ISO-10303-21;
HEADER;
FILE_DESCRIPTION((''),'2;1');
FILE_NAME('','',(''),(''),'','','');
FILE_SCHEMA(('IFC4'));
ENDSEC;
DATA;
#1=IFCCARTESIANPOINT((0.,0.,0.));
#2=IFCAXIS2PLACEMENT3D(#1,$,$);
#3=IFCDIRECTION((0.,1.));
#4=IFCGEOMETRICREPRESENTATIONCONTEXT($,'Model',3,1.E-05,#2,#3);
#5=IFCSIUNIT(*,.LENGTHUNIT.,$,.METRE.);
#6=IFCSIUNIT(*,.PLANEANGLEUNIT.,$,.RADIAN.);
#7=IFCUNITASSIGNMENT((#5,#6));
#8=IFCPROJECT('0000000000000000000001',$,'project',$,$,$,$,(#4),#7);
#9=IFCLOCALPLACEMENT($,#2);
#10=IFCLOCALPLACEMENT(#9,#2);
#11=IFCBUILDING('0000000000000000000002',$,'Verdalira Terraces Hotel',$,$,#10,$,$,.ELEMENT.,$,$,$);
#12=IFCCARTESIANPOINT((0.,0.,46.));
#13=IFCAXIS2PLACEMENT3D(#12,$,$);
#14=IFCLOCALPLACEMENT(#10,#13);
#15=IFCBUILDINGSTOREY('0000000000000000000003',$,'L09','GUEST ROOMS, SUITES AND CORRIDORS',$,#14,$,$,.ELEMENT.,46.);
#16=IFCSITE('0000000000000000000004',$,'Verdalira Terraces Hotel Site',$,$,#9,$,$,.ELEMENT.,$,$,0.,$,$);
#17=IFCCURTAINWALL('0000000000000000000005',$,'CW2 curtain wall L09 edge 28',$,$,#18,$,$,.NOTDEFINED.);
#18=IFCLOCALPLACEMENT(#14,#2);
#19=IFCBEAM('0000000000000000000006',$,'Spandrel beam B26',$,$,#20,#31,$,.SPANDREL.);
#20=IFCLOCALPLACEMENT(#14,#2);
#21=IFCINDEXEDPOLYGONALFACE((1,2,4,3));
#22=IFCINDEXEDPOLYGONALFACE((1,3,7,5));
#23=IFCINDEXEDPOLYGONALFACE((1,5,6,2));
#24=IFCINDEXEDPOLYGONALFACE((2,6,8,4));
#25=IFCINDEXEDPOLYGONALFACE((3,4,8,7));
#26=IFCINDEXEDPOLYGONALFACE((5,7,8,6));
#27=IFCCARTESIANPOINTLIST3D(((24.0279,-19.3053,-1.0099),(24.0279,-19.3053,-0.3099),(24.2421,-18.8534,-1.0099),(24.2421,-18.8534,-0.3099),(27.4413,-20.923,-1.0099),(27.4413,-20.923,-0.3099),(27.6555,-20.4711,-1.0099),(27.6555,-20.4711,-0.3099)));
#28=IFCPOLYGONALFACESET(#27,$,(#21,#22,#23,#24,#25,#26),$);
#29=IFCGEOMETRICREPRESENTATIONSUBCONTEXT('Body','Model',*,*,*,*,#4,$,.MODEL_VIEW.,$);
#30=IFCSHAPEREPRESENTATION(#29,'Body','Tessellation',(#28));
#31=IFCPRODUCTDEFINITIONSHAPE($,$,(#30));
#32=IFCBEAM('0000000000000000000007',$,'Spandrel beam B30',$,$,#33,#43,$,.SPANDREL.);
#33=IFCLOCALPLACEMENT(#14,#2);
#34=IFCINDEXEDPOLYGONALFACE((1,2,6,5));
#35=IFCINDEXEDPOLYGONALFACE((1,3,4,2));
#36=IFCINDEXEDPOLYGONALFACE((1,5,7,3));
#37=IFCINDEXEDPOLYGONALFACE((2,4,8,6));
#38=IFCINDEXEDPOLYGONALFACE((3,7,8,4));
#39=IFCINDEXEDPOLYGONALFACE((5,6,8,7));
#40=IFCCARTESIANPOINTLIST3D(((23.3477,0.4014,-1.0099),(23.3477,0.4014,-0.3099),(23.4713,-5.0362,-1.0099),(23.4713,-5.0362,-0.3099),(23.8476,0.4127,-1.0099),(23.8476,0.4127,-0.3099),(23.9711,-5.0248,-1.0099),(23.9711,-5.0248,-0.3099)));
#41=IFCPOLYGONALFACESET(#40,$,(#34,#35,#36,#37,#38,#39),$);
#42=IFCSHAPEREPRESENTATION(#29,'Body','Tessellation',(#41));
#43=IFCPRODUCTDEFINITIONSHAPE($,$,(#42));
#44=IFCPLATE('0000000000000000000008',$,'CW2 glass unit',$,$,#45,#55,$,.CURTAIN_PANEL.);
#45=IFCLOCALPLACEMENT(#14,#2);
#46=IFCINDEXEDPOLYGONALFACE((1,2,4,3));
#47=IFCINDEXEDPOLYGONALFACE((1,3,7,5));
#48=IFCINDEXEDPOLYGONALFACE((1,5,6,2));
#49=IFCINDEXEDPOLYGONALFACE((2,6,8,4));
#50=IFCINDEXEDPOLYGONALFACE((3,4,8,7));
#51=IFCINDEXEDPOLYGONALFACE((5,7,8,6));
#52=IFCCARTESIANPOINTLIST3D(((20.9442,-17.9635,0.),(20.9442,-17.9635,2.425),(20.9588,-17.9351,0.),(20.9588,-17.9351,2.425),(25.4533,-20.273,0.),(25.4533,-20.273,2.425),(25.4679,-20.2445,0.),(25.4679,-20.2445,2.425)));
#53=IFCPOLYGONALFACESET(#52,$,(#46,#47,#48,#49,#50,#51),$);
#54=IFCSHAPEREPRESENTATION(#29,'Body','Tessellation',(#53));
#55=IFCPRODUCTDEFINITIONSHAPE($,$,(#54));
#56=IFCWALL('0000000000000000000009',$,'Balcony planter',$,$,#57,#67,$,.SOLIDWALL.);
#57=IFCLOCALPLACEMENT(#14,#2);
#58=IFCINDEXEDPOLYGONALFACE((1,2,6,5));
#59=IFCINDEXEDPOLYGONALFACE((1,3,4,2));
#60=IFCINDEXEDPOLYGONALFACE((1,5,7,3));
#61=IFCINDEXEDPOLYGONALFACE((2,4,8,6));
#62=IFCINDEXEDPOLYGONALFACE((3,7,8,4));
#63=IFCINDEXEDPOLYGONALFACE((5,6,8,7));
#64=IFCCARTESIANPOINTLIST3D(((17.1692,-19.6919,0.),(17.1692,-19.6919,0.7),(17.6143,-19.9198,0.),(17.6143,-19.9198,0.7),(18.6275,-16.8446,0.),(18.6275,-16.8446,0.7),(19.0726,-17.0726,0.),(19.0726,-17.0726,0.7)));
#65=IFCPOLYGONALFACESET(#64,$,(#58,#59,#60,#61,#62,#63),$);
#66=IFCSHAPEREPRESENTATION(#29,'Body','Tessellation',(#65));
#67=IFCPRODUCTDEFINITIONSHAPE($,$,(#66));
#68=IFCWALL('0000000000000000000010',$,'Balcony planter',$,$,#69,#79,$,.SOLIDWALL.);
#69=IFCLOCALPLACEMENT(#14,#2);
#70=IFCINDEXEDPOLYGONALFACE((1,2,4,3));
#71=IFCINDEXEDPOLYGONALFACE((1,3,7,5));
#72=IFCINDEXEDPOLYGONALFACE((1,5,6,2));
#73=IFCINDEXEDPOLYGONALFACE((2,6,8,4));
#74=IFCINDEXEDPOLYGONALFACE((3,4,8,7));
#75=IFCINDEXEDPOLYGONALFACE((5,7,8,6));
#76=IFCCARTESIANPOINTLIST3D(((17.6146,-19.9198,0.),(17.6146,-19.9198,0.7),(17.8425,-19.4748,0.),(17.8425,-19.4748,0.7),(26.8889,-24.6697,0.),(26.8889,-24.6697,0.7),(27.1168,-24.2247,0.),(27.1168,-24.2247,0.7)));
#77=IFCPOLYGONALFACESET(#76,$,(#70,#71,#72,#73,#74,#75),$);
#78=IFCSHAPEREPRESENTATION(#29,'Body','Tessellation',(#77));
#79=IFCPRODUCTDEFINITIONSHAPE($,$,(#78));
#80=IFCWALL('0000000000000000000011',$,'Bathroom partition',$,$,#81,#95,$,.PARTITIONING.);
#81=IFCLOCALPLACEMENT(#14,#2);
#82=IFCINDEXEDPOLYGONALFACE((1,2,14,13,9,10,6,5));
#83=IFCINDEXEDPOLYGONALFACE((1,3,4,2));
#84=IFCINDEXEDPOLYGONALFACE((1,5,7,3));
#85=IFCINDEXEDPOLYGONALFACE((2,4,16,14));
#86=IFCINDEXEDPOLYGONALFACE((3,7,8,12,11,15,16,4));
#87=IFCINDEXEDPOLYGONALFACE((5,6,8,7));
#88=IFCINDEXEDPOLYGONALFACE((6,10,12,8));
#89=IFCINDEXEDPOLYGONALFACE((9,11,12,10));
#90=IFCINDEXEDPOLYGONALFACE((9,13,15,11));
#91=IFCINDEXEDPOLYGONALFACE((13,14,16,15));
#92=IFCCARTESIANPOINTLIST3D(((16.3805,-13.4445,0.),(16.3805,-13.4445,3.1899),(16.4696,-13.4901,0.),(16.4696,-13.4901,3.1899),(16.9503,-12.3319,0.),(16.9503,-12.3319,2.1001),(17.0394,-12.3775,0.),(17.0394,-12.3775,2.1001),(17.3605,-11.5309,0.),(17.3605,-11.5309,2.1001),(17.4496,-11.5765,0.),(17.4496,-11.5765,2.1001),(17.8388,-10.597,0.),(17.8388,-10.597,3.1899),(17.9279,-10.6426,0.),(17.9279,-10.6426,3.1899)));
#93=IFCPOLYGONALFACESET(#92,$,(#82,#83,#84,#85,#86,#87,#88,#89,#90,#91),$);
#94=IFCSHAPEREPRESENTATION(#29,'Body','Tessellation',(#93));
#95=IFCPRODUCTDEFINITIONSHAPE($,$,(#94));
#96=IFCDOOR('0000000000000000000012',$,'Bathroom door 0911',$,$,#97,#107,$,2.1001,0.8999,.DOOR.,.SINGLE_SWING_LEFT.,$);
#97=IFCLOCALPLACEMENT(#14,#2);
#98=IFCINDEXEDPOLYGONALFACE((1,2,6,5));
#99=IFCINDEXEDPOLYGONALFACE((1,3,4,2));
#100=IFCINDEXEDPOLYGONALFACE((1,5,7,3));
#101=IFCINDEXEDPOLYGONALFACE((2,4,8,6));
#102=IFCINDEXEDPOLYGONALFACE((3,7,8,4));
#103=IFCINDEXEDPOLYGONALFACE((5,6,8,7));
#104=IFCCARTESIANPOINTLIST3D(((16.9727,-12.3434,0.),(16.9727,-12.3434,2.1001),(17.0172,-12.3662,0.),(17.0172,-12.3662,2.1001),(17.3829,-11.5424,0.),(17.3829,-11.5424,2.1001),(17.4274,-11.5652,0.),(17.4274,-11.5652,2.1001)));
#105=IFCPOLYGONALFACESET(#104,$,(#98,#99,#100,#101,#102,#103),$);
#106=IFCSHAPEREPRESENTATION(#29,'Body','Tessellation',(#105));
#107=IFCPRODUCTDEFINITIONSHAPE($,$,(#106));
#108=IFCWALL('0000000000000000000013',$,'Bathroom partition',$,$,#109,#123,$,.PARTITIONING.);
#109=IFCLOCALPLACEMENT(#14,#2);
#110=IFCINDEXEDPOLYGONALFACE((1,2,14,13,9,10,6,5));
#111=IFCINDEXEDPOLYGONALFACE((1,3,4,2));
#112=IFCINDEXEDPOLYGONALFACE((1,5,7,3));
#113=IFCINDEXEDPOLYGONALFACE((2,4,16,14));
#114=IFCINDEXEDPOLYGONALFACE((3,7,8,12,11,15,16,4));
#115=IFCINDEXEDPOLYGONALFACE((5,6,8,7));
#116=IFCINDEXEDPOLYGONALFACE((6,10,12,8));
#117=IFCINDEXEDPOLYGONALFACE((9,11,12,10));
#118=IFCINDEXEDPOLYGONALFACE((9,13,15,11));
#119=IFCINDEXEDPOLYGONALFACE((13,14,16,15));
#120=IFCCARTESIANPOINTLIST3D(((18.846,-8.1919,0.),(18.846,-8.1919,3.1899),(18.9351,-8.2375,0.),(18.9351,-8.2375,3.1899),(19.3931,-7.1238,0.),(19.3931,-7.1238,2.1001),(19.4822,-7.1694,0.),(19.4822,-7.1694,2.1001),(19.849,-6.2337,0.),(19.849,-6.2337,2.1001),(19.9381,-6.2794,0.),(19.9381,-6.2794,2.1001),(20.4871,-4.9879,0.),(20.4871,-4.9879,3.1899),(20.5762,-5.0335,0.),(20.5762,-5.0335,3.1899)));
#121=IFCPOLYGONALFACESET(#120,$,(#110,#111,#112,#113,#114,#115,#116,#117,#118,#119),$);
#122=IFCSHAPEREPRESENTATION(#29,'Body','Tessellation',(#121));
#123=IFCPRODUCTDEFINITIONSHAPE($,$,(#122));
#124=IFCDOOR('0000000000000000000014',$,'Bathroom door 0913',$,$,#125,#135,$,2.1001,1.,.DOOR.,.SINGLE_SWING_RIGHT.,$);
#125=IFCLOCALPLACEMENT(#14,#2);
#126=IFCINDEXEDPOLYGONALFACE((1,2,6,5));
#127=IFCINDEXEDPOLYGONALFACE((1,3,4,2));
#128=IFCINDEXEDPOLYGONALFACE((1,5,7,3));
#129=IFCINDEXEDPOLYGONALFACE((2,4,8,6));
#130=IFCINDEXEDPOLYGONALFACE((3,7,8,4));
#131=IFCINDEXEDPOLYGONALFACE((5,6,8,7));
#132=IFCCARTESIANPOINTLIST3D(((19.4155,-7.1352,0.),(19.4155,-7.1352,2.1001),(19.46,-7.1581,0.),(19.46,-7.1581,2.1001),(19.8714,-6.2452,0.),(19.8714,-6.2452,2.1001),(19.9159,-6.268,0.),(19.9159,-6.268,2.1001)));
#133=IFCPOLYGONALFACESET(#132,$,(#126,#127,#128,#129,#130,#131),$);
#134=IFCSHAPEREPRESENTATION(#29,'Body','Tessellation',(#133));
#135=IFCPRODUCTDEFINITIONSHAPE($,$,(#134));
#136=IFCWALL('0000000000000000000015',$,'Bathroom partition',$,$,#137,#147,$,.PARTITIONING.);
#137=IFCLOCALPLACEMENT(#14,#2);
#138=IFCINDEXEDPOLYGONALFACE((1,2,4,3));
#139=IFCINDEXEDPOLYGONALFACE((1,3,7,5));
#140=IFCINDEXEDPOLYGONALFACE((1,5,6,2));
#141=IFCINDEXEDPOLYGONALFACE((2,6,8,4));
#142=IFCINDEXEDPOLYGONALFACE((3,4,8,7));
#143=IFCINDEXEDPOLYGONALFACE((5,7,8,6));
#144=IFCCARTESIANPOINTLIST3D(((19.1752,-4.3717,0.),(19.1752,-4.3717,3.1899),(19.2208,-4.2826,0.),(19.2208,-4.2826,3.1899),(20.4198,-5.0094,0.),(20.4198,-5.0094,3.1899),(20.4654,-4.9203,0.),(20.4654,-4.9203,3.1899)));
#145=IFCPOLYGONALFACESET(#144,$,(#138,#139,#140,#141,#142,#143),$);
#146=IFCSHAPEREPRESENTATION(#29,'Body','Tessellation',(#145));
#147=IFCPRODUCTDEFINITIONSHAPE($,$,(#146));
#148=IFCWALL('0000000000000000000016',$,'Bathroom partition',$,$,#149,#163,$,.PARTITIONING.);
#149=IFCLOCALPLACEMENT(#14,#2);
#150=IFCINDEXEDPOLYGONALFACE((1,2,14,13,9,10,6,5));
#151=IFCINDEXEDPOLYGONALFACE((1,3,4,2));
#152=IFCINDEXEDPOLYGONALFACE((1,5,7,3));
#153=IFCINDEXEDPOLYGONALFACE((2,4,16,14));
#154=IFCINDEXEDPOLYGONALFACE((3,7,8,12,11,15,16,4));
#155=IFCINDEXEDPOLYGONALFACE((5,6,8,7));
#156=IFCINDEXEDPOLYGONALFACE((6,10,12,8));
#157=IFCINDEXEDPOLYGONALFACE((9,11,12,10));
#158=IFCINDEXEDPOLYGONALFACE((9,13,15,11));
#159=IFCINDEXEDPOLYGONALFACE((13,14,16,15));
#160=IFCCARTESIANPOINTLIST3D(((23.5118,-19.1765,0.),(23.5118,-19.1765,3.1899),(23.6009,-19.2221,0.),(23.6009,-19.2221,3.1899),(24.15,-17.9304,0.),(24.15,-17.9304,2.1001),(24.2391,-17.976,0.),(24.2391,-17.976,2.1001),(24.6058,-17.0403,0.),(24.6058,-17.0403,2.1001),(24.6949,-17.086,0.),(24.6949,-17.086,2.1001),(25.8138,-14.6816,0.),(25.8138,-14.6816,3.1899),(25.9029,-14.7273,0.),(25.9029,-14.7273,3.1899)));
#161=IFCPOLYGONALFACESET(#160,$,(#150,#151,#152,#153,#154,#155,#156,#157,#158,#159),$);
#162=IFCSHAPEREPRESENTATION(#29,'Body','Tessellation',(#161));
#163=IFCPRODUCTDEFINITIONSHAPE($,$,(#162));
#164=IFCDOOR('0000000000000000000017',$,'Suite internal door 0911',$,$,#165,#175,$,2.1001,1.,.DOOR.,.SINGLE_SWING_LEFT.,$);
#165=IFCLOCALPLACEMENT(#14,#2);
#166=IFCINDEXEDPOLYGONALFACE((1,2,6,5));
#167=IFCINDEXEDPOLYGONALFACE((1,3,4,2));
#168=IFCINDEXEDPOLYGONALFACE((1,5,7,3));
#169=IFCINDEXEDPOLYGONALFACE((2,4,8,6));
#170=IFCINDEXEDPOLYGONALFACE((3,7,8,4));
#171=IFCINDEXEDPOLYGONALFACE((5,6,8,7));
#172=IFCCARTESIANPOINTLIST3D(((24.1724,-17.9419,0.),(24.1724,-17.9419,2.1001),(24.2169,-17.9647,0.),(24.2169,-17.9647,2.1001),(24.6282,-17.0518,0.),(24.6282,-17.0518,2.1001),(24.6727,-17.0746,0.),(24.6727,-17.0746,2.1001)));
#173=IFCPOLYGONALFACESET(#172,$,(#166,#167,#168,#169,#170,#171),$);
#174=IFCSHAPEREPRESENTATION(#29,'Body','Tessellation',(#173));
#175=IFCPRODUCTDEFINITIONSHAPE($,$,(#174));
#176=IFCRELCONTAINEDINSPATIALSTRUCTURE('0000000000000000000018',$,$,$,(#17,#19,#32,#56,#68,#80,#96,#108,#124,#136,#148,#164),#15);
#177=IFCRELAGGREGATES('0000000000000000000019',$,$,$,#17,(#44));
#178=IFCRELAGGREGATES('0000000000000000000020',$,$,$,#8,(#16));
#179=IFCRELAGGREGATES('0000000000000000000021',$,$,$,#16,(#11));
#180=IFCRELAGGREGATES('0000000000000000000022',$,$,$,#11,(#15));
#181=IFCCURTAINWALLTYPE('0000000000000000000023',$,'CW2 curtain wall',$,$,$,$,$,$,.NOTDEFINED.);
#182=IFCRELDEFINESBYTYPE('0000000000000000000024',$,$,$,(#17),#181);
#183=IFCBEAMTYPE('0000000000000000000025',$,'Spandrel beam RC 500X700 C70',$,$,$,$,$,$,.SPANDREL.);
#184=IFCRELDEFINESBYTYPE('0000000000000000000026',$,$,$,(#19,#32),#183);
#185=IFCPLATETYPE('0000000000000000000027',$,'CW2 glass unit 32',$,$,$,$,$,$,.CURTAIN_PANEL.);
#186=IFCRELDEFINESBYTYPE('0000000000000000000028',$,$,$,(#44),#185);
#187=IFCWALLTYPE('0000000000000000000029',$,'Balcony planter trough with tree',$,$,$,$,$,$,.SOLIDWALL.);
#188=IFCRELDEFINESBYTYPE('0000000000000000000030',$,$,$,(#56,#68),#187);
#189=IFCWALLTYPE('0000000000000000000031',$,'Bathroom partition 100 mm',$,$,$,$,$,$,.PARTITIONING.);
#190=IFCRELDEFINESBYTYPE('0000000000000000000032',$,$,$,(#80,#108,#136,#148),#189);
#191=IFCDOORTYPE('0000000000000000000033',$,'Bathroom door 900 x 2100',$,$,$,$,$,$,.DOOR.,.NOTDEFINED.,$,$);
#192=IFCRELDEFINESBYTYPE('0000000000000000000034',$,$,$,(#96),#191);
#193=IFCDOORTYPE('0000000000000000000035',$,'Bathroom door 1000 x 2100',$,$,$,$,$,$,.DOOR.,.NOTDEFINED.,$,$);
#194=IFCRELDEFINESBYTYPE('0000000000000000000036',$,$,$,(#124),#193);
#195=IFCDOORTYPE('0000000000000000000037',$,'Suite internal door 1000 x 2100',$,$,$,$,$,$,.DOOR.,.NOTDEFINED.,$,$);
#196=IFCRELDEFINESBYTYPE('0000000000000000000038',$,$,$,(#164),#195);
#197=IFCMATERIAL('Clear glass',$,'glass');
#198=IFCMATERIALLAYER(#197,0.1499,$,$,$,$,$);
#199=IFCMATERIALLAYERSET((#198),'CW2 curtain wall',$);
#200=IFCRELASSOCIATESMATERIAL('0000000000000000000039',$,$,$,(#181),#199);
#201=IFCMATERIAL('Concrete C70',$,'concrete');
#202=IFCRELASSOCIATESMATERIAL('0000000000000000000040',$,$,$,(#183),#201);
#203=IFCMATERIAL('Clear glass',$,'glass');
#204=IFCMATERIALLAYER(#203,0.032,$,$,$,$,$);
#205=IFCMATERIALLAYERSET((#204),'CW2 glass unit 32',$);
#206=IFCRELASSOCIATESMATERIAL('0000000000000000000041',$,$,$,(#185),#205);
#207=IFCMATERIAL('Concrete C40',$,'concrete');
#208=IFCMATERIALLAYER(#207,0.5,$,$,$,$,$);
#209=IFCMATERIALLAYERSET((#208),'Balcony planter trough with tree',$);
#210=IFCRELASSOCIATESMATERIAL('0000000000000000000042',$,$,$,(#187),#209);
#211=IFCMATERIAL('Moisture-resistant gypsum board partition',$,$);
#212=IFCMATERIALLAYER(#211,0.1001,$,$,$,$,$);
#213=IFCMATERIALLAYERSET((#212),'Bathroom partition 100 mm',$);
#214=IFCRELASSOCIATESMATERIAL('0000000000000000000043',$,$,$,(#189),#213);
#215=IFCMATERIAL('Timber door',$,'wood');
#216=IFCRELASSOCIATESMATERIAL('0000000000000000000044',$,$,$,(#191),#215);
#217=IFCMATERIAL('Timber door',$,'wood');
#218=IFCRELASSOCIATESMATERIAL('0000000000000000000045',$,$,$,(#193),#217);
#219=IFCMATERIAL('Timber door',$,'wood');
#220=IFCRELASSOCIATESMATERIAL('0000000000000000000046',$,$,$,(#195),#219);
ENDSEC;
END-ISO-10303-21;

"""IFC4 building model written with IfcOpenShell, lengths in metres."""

from ifc_helpers import new_model, si_unit, direction, frame, frame_2d, origin, origin_2d, place, context, subcontext, project, spatial, rectangle, extrude, material, layer, layer_set, material_profile, profile_set, type_object, element, fill, aggregate, save


model = new_model("IFC4")

# Units and contexts
model_context = context("Model", 3, precision=1e-05, world=origin(), true_north=direction((0.0, 1.0)))
body_context = subcontext(model_context, "Body", "Model", "MODEL_VIEW")
ifc_project = project(units=[si_unit("LENGTHUNIT", "METRE"), si_unit("PLANEANGLEUNIT", "RADIAN")], contexts=[model_context])

# Site, building, storey
site_placement = place(None, origin())
site = spatial("IfcSite", under=ifc_project, at=site_placement, Name="Verdalira Terraces Hotel Site", CompositionType="ELEMENT", RefElevation=0.0)
building_placement = place(site_placement, origin())
building = spatial("IfcBuilding", under=site, at=building_placement, Name="Verdalira Terraces Hotel", CompositionType="ELEMENT")
storey_placement = place(building_placement, frame((0.0, 0.0, 46.0)))
storey = spatial("IfcBuildingStorey", under=building, at=storey_placement, Name="L09", Description="GUEST ROOMS, SUITES AND CORRIDORS", CompositionType="ELEMENT", Elevation=46.0)

# Curtain wall
ifc_material_1 = material(Name="Clear glass", Category="glass")
ifc_layer_1 = layer(ifc_material_1, 0.1499)
ifc_layer_set_1 = layer_set([ifc_layer_1], Name="CW2 curtain wall")
curtain_wall_type = type_object("IfcCurtainWallType", Name="CW2 curtain wall", PredefinedType="NOTDEFINED", material=ifc_layer_set_1)
curtain_wall_placement = place(storey_placement, origin())
curtain_wall = element("IfcCurtainWall", 1, at=curtain_wall_placement, inside=storey, type_object=curtain_wall_type, Name="CW2 curtain wall L09 edge 28", PredefinedType="NOTDEFINED")

# Beams
ifc_material_2 = material(Name="Concrete C70", Category="concrete")
ifc_material_profile_1 = material_profile(ifc_material_2, rectangle(XDim=0.5, YDim=0.7, at=origin_2d()), Name="RC 500X700")
ifc_profile_set_1 = profile_set([ifc_material_profile_1], Name="Concrete C70")
beam_type_1 = type_object("IfcBeamType", Name="Spandrel beam RC 500X700 C70", PredefinedType="SPANDREL", material=ifc_profile_set_1)
beam_1_placement = place(storey_placement, frame((24.135, -19.0793, -0.6599), z_axis=(0.903652, -0.428267, 0.0), x_axis=(0.428267, 0.903652, 0.0)))
element("IfcBeam", 2, at=beam_1_placement, inside=storey, type_object=beam_type_1, Name="Spandrel beam B26", PredefinedType="SPANDREL", context=body_context, shape_type="SweptSolid", body=[
    extrude(rectangle(XDim=0.5, YDim=0.7, at=origin_2d()), origin(), (0.0, 0.0, 1.0), 3.7773),
])
beam_2_placement = place(storey_placement, frame((23.7212, -5.0305, -0.6599), z_axis=(-0.022713, 0.999742, 0.0), x_axis=(-0.999742, -0.022713, 0.0)))
element("IfcBeam", 3, at=beam_2_placement, inside=storey, type_object=beam_type_1, Name="Spandrel beam B30", PredefinedType="SPANDREL", context=body_context, shape_type="SweptSolid", body=[
    extrude(rectangle(XDim=0.5, YDim=0.7, at=origin_2d()), origin(), (0.0, 0.0, 1.0), 5.439),
])

# Plate
ifc_material_3 = material(Name="Clear glass", Category="glass")
ifc_layer_2 = layer(ifc_material_3, 0.032)
ifc_layer_set_2 = layer_set([ifc_layer_2], Name="CW2 glass unit 32")
plate_type = type_object("IfcPlateType", Name="CW2 glass unit 32", PredefinedType="CURTAIN_PANEL", material=ifc_layer_set_2)
plate_placement = place(storey_placement, frame((23.2061, -19.104, 0.0), z_axis=(0.0, 0.0, 1.0), x_axis=(0.890054, -0.455856, 0.0)))
plate = element("IfcPlate", 4, at=plate_placement, type_object=plate_type, Name="CW2 glass unit", PredefinedType="CURTAIN_PANEL", context=body_context, shape_type="SweptSolid", body=[
    extrude(rectangle(XDim=5.0662, YDim=0.032, at=origin_2d()), origin(), (0.0, 0.0, 1.0), 2.425),
])
aggregate(curtain_wall, [plate])

# Walls
ifc_material_4 = material(Name="Concrete C40", Category="concrete")
ifc_layer_3 = layer(ifc_material_4, 0.5)
ifc_layer_set_3 = layer_set([ifc_layer_3], Name="Balcony planter trough with tree")
wall_type_1 = type_object("IfcWallType", Name="Balcony planter trough with tree", PredefinedType="SOLIDWALL", material=ifc_layer_set_3)
wall_1_placement = place(storey_placement, frame((18.8501, -16.9585, 0.0), z_axis=(0.0, 0.0, 1.0), x_axis=(-0.455863, -0.89005, 0.0)))
element("IfcWall", 5, at=wall_1_placement, inside=storey, type_object=wall_type_1, Name="Balcony planter", PredefinedType="SOLIDWALL", context=body_context, shape_type="SweptSolid", body=[
    extrude(rectangle(XDim=3.199, YDim=0.5, at=frame_2d((1.5996, 0.0))), origin(), (0.0, 0.0, 1.0), 0.7),
])
wall_2_placement = place(storey_placement, frame((17.7285, -19.6973, 0.0), z_axis=(0.0, 0.0, 1.0), x_axis=(0.890055, -0.455852, 0.0)))
element("IfcWall", 6, at=wall_2_placement, inside=storey, type_object=wall_type_1, Name="Balcony planter", PredefinedType="SOLIDWALL", context=body_context, shape_type="SweptSolid", body=[
    extrude(rectangle(XDim=10.4199, YDim=0.5, at=frame_2d((5.21, 0.0))), origin(), (0.0, 0.0, 1.0), 0.7),
])

# Walls, openings, doors
ifc_material_5 = material(Name="Moisture-resistant gypsum board partition")
ifc_layer_4 = layer(ifc_material_5, 0.1001)
ifc_layer_set_4 = layer_set([ifc_layer_4], Name="Bathroom partition 100 mm")
wall_type_2 = type_object("IfcWallType", Name="Bathroom partition 100 mm", PredefinedType="PARTITIONING", material=ifc_layer_set_4)
wall_3_placement = place(storey_placement, frame((16.425, -13.4673, 0.0), z_axis=(0.0, 0.0, 1.0), x_axis=(0.455832, 0.890066, 0.0)))
wall_3 = element("IfcWall", 7, at=wall_3_placement, inside=storey, type_object=wall_type_2, Name="Bathroom partition", PredefinedType="PARTITIONING", context=body_context, shape_type="SweptSolid", body=[
    extrude(rectangle(XDim=3.1992, YDim=0.1001, at=frame_2d((1.5996, 0.0))), origin(), (0.0, 0.0, 1.0), 3.1899),
])
opening_1_placement = place(wall_3_placement, frame((1.25, 0.0, 0.0)))
opening_1 = element("IfcOpeningElement", 8, at=opening_1_placement, cuts=wall_3, PredefinedType="OPENING", context=body_context, shape_type="SweptSolid", body=[
    extrude(rectangle(XDim=0.8999, YDim=2.1001, at=frame_2d((0.45, 1.05))), frame((0.0, 0.0601, 0.0), z_axis=(0.0, -1.0, 0.0), x_axis=(1.0, 0.0, 0.0)), (0.0, 0.0, 1.0), 0.1201),
])
ifc_material_6 = material(Name="Timber door", Category="wood")
door_type_1 = type_object("IfcDoorType", Name="Bathroom door 900 x 2100", OperationType="NOTDEFINED", PredefinedType="DOOR", material=ifc_material_6)
door_1_placement = place(opening_1_placement, origin())
door_1 = element("IfcDoor", 9, at=door_1_placement, inside=storey, type_object=door_type_1, Name="Bathroom door 0911", OperationType="SINGLE_SWING_LEFT", OverallHeight=2.1001, OverallWidth=0.8999, PredefinedType="DOOR", context=body_context, shape_type="SweptSolid", body=[
    extrude(rectangle(XDim=0.8999, YDim=2.1001, at=frame_2d((0.45, 1.05))), frame((0.0, 0.0249, 0.0), z_axis=(0.0, -1.0, 0.0), x_axis=(1.0, 0.0, 0.0)), (0.0, 0.0, 1.0), 0.05),
])
fill(opening_1, door_1)
wall_4_placement = place(storey_placement, frame((18.8906, -8.2146, 0.0), z_axis=(0.0, 0.0, 1.0), x_axis=(0.455873, 0.890045, 0.0)))
wall_4 = element("IfcWall", 10, at=wall_4_placement, inside=storey, type_object=wall_type_2, Name="Bathroom partition", PredefinedType="PARTITIONING", context=body_context, shape_type="SweptSolid", body=[
    extrude(rectangle(XDim=3.5999, YDim=0.1001, at=frame_2d((1.7998, 0.0))), origin(), (0.0, 0.0, 1.0), 3.1899),
])
opening_2_placement = place(wall_4_placement, frame((1.2, 0.0, 0.0)))
opening_2 = element("IfcOpeningElement", 11, at=opening_2_placement, cuts=wall_4, PredefinedType="OPENING", context=body_context, shape_type="SweptSolid", body=[
    extrude(rectangle(XDim=1.0, YDim=2.1001, at=frame_2d((0.5, 1.05))), frame((0.0, 0.0601, 0.0), z_axis=(0.0, -1.0, 0.0), x_axis=(1.0, 0.0, 0.0)), (0.0, 0.0, 1.0), 0.1201),
])
ifc_material_7 = material(Name="Timber door", Category="wood")
door_type_2 = type_object("IfcDoorType", Name="Bathroom door 1000 x 2100", OperationType="NOTDEFINED", PredefinedType="DOOR", material=ifc_material_7)
door_2_placement = place(opening_2_placement, origin())
door_2 = element("IfcDoor", 12, at=door_2_placement, inside=storey, type_object=door_type_2, Name="Bathroom door 0913", OperationType="SINGLE_SWING_RIGHT", OverallHeight=2.1001, OverallWidth=1.0, PredefinedType="DOOR", context=body_context, shape_type="SweptSolid", body=[
    extrude(rectangle(XDim=1.0, YDim=2.1001, at=frame_2d((0.5, 1.05))), frame((0.0, 0.0249, 0.0), z_axis=(0.0, -1.0, 0.0), x_axis=(1.0, 0.0, 0.0)), (0.0, 0.0, 1.0), 0.05),
])
fill(opening_2, door_2)

# Wall
wall_5_placement = place(storey_placement, frame((19.198, -4.3271, 0.0), z_axis=(0.0, 0.0, 1.0), x_axis=(0.889985, -0.455991, 0.0)))
element("IfcWall", 13, at=wall_5_placement, inside=storey, type_object=wall_type_2, Name="Bathroom partition", PredefinedType="PARTITIONING", context=body_context, shape_type="SweptSolid", body=[
    extrude(rectangle(XDim=1.3984, YDim=0.1001, at=frame_2d((0.6992, 0.0))), origin(), (0.0, 0.0, 1.0), 3.1899),
])

# Wall, opening, door
wall_6_placement = place(storey_placement, frame((23.5564, -19.1992, 0.0), z_axis=(0.0, 0.0, 1.0), x_axis=(0.455837, 0.890063, 0.0)))
wall_6 = element("IfcWall", 14, at=wall_6_placement, inside=storey, type_object=wall_type_2, Name="Bathroom partition", PredefinedType="PARTITIONING", context=body_context, shape_type="SweptSolid", body=[
    extrude(rectangle(XDim=5.05, YDim=0.1001, at=frame_2d((2.5249, 0.0))), origin(), (0.0, 0.0, 1.0), 3.1899),
])
opening_3_placement = place(wall_6_placement, frame((1.3999, 0.0, 0.0)))
opening_3 = element("IfcOpeningElement", 15, at=opening_3_placement, cuts=wall_6, PredefinedType="OPENING", context=body_context, shape_type="SweptSolid", body=[
    extrude(rectangle(XDim=1.0, YDim=2.1001, at=frame_2d((0.5, 1.05))), frame((0.0, 0.0601, 0.0), z_axis=(0.0, -1.0, 0.0), x_axis=(1.0, 0.0, 0.0)), (0.0, 0.0, 1.0), 0.1201),
])
ifc_material_8 = material(Name="Timber door", Category="wood")
door_type_3 = type_object("IfcDoorType", Name="Suite internal door 1000 x 2100", OperationType="NOTDEFINED", PredefinedType="DOOR", material=ifc_material_8)
door_3_placement = place(opening_3_placement, origin())
door_3 = element("IfcDoor", 16, at=door_3_placement, inside=storey, type_object=door_type_3, Name="Suite internal door 0911", OperationType="SINGLE_SWING_LEFT", OverallHeight=2.1001, OverallWidth=1.0, PredefinedType="DOOR", context=body_context, shape_type="SweptSolid", body=[
    extrude(rectangle(XDim=1.0, YDim=2.1001, at=frame_2d((0.5, 1.05))), frame((0.0, 0.0249, 0.0), z_axis=(0.0, -1.0, 0.0), x_axis=(1.0, 0.0, 0.0)), (0.0, 0.0, 1.0), 0.05),
])
fill(opening_3, door_3)

save(model, "model.ifc")
